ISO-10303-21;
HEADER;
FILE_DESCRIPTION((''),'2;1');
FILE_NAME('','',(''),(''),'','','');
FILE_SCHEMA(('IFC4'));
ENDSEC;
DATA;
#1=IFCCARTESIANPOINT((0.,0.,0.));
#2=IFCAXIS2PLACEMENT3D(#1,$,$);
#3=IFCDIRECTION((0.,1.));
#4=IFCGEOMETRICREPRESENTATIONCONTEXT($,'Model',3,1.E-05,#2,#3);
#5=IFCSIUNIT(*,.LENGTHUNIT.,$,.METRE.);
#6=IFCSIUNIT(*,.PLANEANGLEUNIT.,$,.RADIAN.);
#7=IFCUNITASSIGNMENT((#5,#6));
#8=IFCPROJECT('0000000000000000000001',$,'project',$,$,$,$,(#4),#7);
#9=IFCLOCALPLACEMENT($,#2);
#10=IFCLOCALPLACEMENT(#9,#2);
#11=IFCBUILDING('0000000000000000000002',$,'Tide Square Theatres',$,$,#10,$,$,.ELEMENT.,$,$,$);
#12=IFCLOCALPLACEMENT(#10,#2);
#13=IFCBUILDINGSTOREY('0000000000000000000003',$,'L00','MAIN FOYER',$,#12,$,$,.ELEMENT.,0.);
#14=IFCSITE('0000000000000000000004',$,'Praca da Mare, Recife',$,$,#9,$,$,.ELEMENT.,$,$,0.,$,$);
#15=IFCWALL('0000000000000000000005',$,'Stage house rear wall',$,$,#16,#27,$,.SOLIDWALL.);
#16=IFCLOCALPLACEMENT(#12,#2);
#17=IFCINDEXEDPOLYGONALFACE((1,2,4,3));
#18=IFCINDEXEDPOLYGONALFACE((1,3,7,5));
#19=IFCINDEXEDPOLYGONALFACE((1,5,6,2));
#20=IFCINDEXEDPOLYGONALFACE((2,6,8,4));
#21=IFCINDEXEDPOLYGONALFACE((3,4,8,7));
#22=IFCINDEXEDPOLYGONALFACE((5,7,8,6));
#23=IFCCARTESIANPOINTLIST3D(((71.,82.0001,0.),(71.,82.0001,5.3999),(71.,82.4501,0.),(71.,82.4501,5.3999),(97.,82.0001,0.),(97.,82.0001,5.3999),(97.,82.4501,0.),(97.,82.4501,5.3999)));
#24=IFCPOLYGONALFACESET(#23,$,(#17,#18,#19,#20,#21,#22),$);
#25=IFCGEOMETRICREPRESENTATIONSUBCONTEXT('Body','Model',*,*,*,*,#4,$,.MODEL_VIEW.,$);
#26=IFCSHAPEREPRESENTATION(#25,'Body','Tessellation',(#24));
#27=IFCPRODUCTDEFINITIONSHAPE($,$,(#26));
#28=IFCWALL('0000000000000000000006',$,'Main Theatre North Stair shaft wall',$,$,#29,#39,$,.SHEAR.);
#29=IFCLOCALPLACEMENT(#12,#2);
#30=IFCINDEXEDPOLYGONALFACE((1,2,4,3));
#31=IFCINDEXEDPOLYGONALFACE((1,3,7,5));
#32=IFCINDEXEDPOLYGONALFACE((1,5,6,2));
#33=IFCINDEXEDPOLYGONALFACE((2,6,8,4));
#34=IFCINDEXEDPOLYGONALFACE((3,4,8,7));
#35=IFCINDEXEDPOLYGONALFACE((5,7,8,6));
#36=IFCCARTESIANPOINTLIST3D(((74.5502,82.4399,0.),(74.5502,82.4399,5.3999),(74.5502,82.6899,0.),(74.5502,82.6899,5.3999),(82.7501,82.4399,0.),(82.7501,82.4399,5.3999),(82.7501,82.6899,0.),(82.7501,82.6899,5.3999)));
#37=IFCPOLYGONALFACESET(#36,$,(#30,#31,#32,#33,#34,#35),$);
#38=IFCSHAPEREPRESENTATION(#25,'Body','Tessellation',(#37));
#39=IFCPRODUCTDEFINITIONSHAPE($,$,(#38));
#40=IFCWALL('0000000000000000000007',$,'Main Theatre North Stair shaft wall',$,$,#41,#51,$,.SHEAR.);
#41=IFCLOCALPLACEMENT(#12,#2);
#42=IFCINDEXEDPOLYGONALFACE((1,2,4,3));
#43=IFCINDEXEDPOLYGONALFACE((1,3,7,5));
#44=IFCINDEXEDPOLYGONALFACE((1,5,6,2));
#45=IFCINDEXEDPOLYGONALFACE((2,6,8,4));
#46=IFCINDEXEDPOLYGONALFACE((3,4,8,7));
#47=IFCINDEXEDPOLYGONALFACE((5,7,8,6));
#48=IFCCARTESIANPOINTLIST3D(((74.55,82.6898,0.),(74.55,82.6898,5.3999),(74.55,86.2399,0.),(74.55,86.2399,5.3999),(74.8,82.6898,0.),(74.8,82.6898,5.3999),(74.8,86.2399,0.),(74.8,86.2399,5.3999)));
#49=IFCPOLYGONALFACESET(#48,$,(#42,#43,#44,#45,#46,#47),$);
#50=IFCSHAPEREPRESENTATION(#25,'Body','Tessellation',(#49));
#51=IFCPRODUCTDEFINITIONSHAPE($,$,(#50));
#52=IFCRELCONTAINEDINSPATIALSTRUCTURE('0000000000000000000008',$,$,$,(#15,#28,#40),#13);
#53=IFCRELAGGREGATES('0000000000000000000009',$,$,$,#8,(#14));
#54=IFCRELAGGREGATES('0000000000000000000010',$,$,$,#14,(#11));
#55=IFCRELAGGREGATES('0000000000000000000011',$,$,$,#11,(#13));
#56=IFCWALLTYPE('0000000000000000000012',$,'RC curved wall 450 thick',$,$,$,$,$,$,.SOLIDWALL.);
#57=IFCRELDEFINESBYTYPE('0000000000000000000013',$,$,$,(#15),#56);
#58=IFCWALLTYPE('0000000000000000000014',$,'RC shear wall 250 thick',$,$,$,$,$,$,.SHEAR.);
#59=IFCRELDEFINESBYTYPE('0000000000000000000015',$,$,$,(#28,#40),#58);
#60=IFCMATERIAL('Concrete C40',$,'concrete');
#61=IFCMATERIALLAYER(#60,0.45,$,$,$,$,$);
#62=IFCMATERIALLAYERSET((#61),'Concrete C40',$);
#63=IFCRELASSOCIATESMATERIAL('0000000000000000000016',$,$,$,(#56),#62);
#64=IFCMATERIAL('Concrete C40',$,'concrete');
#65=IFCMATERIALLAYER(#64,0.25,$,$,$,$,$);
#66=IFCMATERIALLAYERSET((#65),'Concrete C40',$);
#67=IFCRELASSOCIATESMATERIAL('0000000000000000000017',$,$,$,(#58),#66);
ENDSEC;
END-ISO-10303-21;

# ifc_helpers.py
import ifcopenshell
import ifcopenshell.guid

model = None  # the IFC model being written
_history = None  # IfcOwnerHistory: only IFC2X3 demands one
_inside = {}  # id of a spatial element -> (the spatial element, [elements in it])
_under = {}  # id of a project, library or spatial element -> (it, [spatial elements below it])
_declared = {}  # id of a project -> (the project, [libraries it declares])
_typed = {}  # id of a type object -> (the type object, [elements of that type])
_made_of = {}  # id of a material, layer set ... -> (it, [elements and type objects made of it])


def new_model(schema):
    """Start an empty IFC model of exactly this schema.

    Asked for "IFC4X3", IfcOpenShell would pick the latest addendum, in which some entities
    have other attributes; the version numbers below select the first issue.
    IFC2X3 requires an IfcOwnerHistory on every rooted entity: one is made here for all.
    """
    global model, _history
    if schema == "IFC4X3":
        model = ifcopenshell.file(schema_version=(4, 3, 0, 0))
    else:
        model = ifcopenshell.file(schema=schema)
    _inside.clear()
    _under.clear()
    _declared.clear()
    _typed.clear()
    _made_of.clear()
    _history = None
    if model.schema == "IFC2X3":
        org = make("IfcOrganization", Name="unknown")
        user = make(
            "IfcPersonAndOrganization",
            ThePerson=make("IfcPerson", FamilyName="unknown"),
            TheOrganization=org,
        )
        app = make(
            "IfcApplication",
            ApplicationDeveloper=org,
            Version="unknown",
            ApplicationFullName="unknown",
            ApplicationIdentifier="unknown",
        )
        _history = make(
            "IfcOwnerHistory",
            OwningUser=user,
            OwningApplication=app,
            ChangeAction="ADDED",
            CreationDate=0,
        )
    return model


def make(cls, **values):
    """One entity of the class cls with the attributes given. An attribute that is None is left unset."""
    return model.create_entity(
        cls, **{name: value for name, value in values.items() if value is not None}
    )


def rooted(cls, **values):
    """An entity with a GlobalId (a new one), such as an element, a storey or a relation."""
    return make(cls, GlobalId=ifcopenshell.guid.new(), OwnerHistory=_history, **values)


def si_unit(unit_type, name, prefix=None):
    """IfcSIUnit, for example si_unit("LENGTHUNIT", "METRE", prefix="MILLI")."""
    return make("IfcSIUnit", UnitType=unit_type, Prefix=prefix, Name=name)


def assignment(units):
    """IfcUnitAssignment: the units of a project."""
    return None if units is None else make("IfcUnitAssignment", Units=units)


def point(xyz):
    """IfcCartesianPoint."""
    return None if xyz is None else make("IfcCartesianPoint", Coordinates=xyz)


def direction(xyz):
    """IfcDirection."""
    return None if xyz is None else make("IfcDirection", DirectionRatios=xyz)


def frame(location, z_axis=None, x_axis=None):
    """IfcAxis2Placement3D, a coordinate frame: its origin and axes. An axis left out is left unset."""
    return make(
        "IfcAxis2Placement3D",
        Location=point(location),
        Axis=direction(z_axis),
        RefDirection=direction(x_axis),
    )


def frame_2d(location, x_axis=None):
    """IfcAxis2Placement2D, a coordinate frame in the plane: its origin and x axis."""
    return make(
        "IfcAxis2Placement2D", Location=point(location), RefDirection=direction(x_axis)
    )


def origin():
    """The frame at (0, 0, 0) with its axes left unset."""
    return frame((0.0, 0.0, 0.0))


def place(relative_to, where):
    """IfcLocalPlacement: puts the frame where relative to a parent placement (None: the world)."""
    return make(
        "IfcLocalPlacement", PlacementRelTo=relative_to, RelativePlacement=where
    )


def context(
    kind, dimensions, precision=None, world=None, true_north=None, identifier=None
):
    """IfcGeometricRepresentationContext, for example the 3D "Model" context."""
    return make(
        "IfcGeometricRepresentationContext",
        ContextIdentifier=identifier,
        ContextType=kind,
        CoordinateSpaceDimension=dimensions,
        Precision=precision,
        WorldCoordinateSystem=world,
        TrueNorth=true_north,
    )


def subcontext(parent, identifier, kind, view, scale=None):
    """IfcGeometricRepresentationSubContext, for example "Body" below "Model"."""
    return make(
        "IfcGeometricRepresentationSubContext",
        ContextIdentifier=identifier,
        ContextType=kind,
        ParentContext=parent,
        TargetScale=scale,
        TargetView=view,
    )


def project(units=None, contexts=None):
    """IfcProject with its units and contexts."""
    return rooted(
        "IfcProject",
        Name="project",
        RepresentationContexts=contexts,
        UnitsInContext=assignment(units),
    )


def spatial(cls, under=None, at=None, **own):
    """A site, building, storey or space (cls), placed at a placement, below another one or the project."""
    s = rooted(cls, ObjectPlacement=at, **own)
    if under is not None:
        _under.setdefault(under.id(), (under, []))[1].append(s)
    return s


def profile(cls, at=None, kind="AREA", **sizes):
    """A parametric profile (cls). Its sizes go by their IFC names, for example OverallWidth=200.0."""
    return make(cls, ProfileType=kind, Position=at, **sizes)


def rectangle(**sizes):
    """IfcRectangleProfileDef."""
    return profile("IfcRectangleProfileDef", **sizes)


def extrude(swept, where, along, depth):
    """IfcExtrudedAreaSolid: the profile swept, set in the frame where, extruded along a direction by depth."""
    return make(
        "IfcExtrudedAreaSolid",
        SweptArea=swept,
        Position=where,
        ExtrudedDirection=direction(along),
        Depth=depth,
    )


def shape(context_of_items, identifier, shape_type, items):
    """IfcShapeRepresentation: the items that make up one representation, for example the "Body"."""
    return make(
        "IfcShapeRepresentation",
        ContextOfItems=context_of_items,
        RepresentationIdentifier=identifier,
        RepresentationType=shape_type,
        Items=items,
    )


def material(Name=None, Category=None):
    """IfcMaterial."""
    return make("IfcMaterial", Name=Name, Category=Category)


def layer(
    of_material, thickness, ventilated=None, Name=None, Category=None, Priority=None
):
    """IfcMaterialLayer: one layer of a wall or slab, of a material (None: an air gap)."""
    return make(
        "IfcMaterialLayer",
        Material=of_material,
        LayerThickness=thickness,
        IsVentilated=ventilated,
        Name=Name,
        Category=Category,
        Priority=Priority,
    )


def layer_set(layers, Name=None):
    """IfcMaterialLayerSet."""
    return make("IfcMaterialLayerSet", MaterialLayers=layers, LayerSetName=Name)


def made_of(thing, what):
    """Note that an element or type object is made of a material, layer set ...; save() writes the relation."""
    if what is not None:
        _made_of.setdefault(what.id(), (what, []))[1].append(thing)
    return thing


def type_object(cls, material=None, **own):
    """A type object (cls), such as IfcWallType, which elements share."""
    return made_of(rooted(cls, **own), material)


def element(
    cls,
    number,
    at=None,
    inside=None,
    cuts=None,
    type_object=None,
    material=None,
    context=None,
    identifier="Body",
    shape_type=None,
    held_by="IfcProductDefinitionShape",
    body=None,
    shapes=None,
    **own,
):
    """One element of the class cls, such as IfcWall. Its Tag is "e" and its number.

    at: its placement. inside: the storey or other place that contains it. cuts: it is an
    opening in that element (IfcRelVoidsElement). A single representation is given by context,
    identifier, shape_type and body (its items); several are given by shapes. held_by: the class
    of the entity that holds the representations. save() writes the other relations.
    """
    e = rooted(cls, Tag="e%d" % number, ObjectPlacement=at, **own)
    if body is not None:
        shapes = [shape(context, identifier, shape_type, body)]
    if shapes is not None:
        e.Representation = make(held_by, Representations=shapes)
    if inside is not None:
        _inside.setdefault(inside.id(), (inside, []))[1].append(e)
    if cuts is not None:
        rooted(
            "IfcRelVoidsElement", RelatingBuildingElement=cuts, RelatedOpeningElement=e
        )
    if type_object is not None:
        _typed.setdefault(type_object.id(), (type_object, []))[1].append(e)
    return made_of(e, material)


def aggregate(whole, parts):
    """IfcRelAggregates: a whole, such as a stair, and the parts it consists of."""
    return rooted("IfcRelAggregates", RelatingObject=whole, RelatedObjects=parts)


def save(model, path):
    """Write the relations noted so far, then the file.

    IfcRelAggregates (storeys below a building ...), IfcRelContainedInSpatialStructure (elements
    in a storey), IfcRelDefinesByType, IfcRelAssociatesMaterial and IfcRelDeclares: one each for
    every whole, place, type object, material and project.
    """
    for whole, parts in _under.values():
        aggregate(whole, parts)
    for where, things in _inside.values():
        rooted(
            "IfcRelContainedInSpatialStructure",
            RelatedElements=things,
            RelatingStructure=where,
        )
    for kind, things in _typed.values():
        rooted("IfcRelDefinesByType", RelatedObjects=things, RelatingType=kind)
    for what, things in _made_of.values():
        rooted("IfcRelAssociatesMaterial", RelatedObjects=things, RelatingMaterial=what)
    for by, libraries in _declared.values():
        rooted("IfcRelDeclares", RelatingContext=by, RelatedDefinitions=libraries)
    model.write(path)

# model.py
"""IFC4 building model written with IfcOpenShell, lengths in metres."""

from ifc_helpers import new_model, si_unit, direction, frame, frame_2d, origin, place, context, subcontext, project, spatial, rectangle, extrude, material, layer, layer_set, type_object, element, save


model = new_model("IFC4")

# Units and contexts
model_context = context("Model", 3, precision=1e-05, world=origin(), true_north=direction((0.0, 1.0)))
body_context = subcontext(model_context, "Body", "Model", "MODEL_VIEW")
ifc_project = project(units=[si_unit("LENGTHUNIT", "METRE"), si_unit("PLANEANGLEUNIT", "RADIAN")], contexts=[model_context])

# Site, building, storey
site_placement = place(None, origin())
site = spatial("IfcSite", under=ifc_project, at=site_placement, Name="Praca da Mare, Recife", CompositionType="ELEMENT", RefElevation=0.0)
building_placement = place(site_placement, origin())
building = spatial("IfcBuilding", under=site, at=building_placement, Name="Tide Square Theatres", CompositionType="ELEMENT")
storey_placement = place(building_placement, origin())
storey = spatial("IfcBuildingStorey", under=building, at=storey_placement, Name="L00", Description="MAIN FOYER", CompositionType="ELEMENT", Elevation=0.0)

# Shared definitions
ifc_material_1 = material(Name="Concrete C40", Category="concrete")
ifc_layer_1 = layer(ifc_material_1, 0.45)
ifc_layer_set_1 = layer_set([ifc_layer_1], Name="Concrete C40")
wall_type_1 = type_object("IfcWallType", Name="RC curved wall 450 thick", PredefinedType="SOLIDWALL", material=ifc_layer_set_1)

# Walls
wall_1_placement = place(storey_placement, frame((71.0, 82.2251, 0.0), z_axis=(0.0, 0.0, 1.0), x_axis=(1.0, 0.0, 0.0)))
element("IfcWall", 1, at=wall_1_placement, inside=storey, type_object=wall_type_1, Name="Stage house rear wall", PredefinedType="SOLIDWALL", context=body_context, shape_type="SweptSolid", body=[
    extrude(rectangle(XDim=26.0, YDim=0.45, at=frame_2d((13.0, 0.0))), origin(), (0.0, 0.0, 1.0), 5.3999),
])
ifc_material_2 = material(Name="Concrete C40", Category="concrete")
ifc_layer_2 = layer(ifc_material_2, 0.25)
ifc_layer_set_2 = layer_set([ifc_layer_2], Name="Concrete C40")
wall_type_2 = type_object("IfcWallType", Name="RC shear wall 250 thick", PredefinedType="SHEAR", material=ifc_layer_set_2)
wall_2_placement = place(storey_placement, frame((74.55, 82.5649, 0.0), z_axis=(0.0, 0.0, 1.0), x_axis=(1.0, 0.0, 0.0)))
element("IfcWall", 2, at=wall_2_placement, inside=storey, type_object=wall_type_2, Name="Main Theatre North Stair shaft wall", PredefinedType="SHEAR", context=body_context, shape_type="SweptSolid", body=[
    extrude(rectangle(XDim=8.2, YDim=0.25, at=frame_2d((4.1001, 0.0))), origin(), (0.0, 0.0, 1.0), 5.3999),
])
wall_3_placement = place(storey_placement, frame((74.675, 82.6899, 0.0), z_axis=(0.0, 0.0, 1.0), x_axis=(0.0, 1.0, 0.0)))
element("IfcWall", 3, at=wall_3_placement, inside=storey, type_object=wall_type_2, Name="Main Theatre North Stair shaft wall", PredefinedType="SHEAR", context=body_context, shape_type="SweptSolid", body=[
    extrude(rectangle(XDim=3.55, YDim=0.25, at=frame_2d((1.7749, 0.0))), origin(), (0.0, 0.0, 1.0), 5.3999),
])

save(model, "model.ifc")
